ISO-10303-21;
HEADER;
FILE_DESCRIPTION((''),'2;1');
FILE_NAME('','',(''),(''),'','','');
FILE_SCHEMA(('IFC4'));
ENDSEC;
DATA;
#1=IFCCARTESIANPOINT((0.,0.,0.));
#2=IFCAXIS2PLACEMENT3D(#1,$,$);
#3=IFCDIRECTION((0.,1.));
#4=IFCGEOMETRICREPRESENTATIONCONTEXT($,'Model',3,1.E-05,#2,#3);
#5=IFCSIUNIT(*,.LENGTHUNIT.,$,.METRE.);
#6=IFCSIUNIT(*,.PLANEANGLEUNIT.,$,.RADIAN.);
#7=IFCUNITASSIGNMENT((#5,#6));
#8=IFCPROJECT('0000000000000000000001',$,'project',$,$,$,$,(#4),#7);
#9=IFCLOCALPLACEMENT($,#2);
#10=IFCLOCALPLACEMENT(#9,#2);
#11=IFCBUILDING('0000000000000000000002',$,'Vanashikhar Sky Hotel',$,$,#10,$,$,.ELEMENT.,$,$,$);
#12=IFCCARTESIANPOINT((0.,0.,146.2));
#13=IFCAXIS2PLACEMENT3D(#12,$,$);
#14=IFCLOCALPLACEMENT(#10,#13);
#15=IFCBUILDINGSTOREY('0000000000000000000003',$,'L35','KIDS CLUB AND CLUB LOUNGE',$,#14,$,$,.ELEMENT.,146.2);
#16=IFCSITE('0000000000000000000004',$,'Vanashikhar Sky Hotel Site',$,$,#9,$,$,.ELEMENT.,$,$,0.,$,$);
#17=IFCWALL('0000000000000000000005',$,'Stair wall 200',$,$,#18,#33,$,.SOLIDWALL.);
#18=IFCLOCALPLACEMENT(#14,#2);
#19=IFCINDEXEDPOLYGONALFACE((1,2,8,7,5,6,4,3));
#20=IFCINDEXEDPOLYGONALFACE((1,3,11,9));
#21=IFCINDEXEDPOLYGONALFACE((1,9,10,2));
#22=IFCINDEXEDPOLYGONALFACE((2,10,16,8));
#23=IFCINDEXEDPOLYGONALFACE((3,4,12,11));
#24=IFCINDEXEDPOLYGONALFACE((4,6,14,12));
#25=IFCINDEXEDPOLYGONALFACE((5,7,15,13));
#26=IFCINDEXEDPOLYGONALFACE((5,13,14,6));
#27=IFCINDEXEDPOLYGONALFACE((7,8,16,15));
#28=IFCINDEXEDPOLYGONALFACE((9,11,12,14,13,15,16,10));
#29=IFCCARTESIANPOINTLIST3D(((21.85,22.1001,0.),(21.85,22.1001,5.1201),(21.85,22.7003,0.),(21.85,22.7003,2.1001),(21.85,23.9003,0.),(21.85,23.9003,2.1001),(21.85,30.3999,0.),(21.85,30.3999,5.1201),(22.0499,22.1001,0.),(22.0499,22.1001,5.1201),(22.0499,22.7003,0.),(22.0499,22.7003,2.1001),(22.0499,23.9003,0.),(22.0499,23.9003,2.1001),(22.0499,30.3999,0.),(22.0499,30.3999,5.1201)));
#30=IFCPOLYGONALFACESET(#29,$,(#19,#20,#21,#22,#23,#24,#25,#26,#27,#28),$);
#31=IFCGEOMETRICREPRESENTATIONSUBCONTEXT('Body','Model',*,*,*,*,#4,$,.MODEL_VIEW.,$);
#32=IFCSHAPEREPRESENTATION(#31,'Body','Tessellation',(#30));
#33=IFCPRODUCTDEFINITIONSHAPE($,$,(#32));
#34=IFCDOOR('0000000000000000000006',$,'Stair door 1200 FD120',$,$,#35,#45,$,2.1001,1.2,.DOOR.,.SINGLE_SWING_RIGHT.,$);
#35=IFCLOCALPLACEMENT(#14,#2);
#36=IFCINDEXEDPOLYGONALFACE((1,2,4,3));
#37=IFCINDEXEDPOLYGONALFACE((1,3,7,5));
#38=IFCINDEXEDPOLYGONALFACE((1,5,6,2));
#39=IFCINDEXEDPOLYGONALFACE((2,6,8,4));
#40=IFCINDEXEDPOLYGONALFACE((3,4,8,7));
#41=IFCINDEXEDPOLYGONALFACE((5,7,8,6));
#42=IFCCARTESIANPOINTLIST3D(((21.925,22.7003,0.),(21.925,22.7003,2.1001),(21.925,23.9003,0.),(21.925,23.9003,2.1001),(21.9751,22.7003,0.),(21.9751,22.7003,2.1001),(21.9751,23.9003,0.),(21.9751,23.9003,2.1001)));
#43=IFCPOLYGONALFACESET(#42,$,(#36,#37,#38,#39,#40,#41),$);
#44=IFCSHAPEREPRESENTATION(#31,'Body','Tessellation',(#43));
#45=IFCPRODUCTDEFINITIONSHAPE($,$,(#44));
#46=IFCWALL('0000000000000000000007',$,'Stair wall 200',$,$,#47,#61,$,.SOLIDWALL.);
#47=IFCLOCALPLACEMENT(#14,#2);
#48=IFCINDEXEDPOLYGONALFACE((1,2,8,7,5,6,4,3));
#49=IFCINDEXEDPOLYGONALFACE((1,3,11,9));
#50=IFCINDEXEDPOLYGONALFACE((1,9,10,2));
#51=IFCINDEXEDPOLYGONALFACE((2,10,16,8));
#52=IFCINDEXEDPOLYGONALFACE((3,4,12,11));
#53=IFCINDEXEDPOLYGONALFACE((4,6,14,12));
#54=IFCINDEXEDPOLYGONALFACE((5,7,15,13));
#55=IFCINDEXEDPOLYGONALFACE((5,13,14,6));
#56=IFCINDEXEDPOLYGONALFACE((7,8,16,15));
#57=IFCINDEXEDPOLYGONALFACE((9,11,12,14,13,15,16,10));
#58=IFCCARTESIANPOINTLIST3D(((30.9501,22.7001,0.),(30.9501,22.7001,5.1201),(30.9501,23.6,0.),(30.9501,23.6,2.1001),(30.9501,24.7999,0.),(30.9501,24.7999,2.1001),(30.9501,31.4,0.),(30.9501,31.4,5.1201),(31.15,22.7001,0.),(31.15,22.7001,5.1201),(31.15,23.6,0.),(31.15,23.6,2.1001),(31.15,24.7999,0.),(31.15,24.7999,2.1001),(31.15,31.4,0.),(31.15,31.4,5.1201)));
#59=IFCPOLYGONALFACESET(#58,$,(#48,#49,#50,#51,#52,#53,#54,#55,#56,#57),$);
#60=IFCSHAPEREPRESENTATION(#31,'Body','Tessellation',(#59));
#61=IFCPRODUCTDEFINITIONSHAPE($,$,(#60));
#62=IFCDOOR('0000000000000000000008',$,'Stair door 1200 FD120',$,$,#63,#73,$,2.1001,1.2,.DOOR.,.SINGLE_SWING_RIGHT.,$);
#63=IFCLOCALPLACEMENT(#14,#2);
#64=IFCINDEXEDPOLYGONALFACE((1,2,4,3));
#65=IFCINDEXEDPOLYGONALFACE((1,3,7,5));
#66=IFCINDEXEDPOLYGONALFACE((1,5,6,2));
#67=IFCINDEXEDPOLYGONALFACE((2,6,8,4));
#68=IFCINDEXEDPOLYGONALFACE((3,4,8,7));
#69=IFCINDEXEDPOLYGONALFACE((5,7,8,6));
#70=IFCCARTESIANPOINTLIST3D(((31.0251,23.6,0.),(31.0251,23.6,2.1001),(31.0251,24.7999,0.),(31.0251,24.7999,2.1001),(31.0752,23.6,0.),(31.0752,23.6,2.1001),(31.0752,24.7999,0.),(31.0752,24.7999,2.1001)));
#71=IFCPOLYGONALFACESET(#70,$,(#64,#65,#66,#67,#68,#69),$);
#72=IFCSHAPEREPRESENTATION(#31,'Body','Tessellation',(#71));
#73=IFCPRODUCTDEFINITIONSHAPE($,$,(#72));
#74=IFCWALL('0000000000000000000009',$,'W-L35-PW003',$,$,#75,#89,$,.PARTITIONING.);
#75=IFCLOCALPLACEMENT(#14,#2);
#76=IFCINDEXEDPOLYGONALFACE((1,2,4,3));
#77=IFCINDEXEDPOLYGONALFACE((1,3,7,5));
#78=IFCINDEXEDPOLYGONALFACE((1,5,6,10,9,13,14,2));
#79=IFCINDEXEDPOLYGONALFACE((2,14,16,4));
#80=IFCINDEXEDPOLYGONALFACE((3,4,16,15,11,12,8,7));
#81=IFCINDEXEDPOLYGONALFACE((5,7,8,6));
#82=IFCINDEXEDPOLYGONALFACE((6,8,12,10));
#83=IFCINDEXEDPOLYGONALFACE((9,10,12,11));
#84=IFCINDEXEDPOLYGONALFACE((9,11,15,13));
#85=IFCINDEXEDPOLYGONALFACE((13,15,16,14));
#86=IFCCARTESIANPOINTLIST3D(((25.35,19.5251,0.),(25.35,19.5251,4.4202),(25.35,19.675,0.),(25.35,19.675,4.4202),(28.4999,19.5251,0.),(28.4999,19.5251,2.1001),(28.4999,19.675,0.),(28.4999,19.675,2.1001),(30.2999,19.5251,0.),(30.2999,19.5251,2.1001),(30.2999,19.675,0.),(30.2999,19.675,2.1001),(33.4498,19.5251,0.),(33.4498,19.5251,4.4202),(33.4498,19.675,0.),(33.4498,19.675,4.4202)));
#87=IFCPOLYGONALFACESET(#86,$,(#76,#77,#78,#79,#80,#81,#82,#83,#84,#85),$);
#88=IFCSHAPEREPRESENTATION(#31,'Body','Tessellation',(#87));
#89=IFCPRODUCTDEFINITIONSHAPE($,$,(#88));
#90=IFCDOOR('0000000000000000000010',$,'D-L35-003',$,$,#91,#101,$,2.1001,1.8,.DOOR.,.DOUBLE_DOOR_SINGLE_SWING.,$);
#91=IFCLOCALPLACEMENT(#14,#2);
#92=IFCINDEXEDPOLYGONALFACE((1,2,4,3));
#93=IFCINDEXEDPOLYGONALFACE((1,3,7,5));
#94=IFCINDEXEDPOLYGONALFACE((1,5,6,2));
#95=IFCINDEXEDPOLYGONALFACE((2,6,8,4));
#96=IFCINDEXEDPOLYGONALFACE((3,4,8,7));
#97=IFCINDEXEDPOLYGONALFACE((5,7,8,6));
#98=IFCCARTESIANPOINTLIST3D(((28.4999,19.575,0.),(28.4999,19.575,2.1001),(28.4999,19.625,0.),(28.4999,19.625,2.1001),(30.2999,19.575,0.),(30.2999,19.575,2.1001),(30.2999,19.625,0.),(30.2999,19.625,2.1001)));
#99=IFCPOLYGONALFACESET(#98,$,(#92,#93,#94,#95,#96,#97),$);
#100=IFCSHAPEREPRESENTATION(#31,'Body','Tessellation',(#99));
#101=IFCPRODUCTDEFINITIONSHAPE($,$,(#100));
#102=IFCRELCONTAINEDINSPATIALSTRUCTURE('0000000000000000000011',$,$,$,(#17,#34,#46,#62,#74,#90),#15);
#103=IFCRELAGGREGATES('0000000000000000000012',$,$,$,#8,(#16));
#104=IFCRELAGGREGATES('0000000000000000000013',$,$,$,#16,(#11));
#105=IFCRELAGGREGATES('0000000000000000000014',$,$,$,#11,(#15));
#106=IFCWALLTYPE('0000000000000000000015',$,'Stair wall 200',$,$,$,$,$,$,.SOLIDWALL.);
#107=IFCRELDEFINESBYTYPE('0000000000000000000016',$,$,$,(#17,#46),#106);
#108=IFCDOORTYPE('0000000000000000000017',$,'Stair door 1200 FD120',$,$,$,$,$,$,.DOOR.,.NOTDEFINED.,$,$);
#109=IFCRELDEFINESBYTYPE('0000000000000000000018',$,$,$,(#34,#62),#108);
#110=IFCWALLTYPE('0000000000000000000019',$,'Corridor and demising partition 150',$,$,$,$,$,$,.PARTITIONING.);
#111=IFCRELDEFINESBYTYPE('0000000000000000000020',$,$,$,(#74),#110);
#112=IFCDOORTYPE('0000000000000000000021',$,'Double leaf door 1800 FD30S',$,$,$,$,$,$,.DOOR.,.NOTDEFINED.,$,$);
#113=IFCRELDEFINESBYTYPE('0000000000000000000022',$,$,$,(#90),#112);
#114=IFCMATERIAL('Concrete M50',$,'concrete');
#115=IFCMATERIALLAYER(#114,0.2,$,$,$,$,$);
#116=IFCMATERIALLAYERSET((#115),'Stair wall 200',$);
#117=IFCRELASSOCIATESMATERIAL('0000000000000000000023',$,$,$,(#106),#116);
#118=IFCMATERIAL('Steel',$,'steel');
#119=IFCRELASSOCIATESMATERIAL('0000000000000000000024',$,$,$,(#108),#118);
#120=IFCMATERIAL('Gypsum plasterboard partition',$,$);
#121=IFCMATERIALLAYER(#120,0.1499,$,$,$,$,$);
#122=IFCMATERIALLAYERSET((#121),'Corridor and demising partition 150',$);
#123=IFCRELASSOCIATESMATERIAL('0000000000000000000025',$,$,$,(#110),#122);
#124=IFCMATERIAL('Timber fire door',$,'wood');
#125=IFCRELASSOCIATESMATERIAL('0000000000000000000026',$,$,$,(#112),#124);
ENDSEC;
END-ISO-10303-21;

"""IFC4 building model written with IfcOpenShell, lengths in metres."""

from ifc_helpers import new_model, si_unit, direction, frame, frame_2d, origin, place, context, subcontext, project, spatial, rectangle, extrude, source, transform, mapped, material, layer, layer_set, type_object, element, fill, save


model = new_model("IFC4")

# Units and contexts
model_context = context("Model", 3, precision=1e-05, world=origin(), true_north=direction((0.0, 1.0)))
body_context = subcontext(model_context, "Body", "Model", "MODEL_VIEW")
ifc_project = project(units=[si_unit("LENGTHUNIT", "METRE"), si_unit("PLANEANGLEUNIT", "RADIAN")], contexts=[model_context])

# Site, building, storey
site_placement = place(None, origin())
site = spatial("IfcSite", under=ifc_project, at=site_placement, Name="Vanashikhar Sky Hotel Site", CompositionType="ELEMENT", RefElevation=0.0)
building_placement = place(site_placement, origin())
building = spatial("IfcBuilding", under=site, at=building_placement, Name="Vanashikhar Sky Hotel", CompositionType="ELEMENT")
storey_placement = place(building_placement, frame((0.0, 0.0, 146.2)))
storey = spatial("IfcBuildingStorey", under=building, at=storey_placement, Name="L35", Description="KIDS CLUB AND CLUB LOUNGE", CompositionType="ELEMENT", Elevation=146.2)

# Shared definitions
ifc_material_1 = material(Name="Concrete M50", Category="concrete")

# Shared definitions
ifc_material_2 = material(Name="Steel", Category="steel")

# Walls, openings, doors
ifc_layer_1 = layer(ifc_material_1, 0.2)
ifc_layer_set_1 = layer_set([ifc_layer_1], Name="Stair wall 200")
wall_type_1 = type_object("IfcWallType", Name="Stair wall 200", PredefinedType="SOLIDWALL", material=ifc_layer_set_1)
shared_shape_1 = source(origin(), body_context, "Body", "SweptSolid", [
    extrude(rectangle(XDim=8.2998, YDim=0.2, at=frame_2d((4.1499, 0.0))), origin(), (0.0, 0.0, 1.0), 5.1201),
])
wall_1_placement = place(storey_placement, frame((21.95, 22.1001, 0.0), z_axis=(0.0, 0.0, 1.0), x_axis=(0.0, 1.0, 0.0)))
wall_1 = element("IfcWall", 1, at=wall_1_placement, inside=storey, type_object=wall_type_1, Name="Stair wall 200", PredefinedType="SOLIDWALL", context=body_context, shape_type="MappedRepresentation", body=[
    mapped(shared_shape_1, transform((0.0, 0.0, 0.0), scale=1.0)),
])
shared_shape_2 = source(origin(), body_context, "Body", "SweptSolid", [
    extrude(rectangle(XDim=1.2, YDim=2.1001, at=frame_2d((0.6001, 1.05))), frame((0.0, 0.1099, 0.0), z_axis=(0.0, -1.0, 0.0), x_axis=(1.0, 0.0, 0.0)), (0.0, 0.0, 1.0), 0.22),
])
opening_1_placement = place(wall_1_placement, frame((0.6001, 0.0, 0.0)))
opening_1 = element("IfcOpeningElement", 2, at=opening_1_placement, cuts=wall_1, PredefinedType="OPENING", context=body_context, shape_type="MappedRepresentation", body=[
    mapped(shared_shape_2, transform((0.0, 0.0, 0.0), scale=1.0)),
])
door_type_1 = type_object("IfcDoorType", Name="Stair door 1200 FD120", OperationType="NOTDEFINED", PredefinedType="DOOR", material=ifc_material_2)
shared_shape_3 = source(origin(), body_context, "Body", "SweptSolid", [
    extrude(rectangle(XDim=1.2, YDim=2.1001, at=frame_2d((0.6001, 1.05))), frame((0.0, 0.0249, 0.0), z_axis=(0.0, -1.0, 0.0), x_axis=(1.0, 0.0, 0.0)), (0.0, 0.0, 1.0), 0.05),
])
door_1_placement = place(opening_1_placement, origin())
door_1 = element("IfcDoor", 3, at=door_1_placement, inside=storey, type_object=door_type_1, Name="Stair door 1200 FD120", OperationType="SINGLE_SWING_RIGHT", OverallHeight=2.1001, OverallWidth=1.2, PredefinedType="DOOR", context=body_context, shape_type="MappedRepresentation", body=[
    mapped(shared_shape_3, transform((0.0, 0.0, 0.0), scale=1.0)),
])
fill(opening_1, door_1)
shared_shape_4 = source(origin(), body_context, "Body", "SweptSolid", [
    extrude(rectangle(XDim=8.7, YDim=0.2, at=frame_2d((4.3501, 0.0))), origin(), (0.0, 0.0, 1.0), 5.1201),
])
wall_2_placement = place(storey_placement, frame((31.05, 22.7, 0.0), z_axis=(0.0, 0.0, 1.0), x_axis=(0.0, 1.0, 0.0)))
wall_2 = element("IfcWall", 4, at=wall_2_placement, inside=storey, type_object=wall_type_1, Name="Stair wall 200", PredefinedType="SOLIDWALL", context=body_context, shape_type="MappedRepresentation", body=[
    mapped(shared_shape_4, transform((0.0, 0.0, 0.0), scale=1.0)),
])
opening_2_placement = place(wall_2_placement, frame((0.8999, 0.0, 0.0)))
opening_2 = element("IfcOpeningElement", 5, at=opening_2_placement, cuts=wall_2, PredefinedType="OPENING", context=body_context, shape_type="MappedRepresentation", body=[
    mapped(shared_shape_2, transform((0.0, 0.0, 0.0), scale=1.0)),
])
door_2_placement = place(opening_2_placement, origin())
door_2 = element("IfcDoor", 6, at=door_2_placement, inside=storey, type_object=door_type_1, Name="Stair door 1200 FD120", OperationType="SINGLE_SWING_RIGHT", OverallHeight=2.1001, OverallWidth=1.2, PredefinedType="DOOR", context=body_context, shape_type="MappedRepresentation", body=[
    mapped(shared_shape_3, transform((0.0, 0.0, 0.0), scale=1.0)),
])
fill(opening_2, door_2)
ifc_material_3 = material(Name="Gypsum plasterboard partition")
ifc_layer_2 = layer(ifc_material_3, 0.1499)
ifc_layer_set_2 = layer_set([ifc_layer_2], Name="Corridor and demising partition 150")
wall_type_2 = type_object("IfcWallType", Name="Corridor and demising partition 150", PredefinedType="PARTITIONING", material=ifc_layer_set_2)
shared_shape_5 = source(origin(), body_context, "Body", "SweptSolid", [
    extrude(rectangle(XDim=8.0999, YDim=0.1499, at=frame_2d((4.0498, 0.0))), origin(), (0.0, 0.0, 1.0), 4.4202),
])
wall_3_placement = place(storey_placement, frame((25.3501, 19.6001, 0.0), z_axis=(0.0, 0.0, 1.0), x_axis=(1.0, 0.0, 0.0)))
wall_3 = element("IfcWall", 7, at=wall_3_placement, inside=storey, type_object=wall_type_2, Name="W-L35-PW003", PredefinedType="PARTITIONING", context=body_context, shape_type="MappedRepresentation", body=[
    mapped(shared_shape_5, transform((0.0, 0.0, 0.0), scale=1.0)),
])
shared_shape_6 = source(origin(), body_context, "Body", "SweptSolid", [
    extrude(rectangle(XDim=1.8, YDim=2.1001, at=frame_2d((0.8999, 1.05))), frame((0.0, 0.085, 0.0), z_axis=(0.0, -1.0, 0.0), x_axis=(1.0, 0.0, 0.0)), (0.0, 0.0, 1.0), 0.1699),
])
opening_3_placement = place(wall_3_placement, frame((3.1499, 0.0, 0.0)))
opening_3 = element("IfcOpeningElement", 8, at=opening_3_placement, cuts=wall_3, PredefinedType="OPENING", context=body_context, shape_type="MappedRepresentation", body=[
    mapped(shared_shape_6, transform((0.0, 0.0, 0.0), scale=1.0)),
])
ifc_material_4 = material(Name="Timber fire door", Category="wood")
door_type_2 = type_object("IfcDoorType", Name="Double leaf door 1800 FD30S", OperationType="NOTDEFINED", PredefinedType="DOOR", material=ifc_material_4)
shared_shape_7 = source(origin(), body_context, "Body", "SweptSolid", [
    extrude(rectangle(XDim=1.8, YDim=2.1001, at=frame_2d((0.8999, 1.05))), frame((0.0, 0.0249, 0.0), z_axis=(0.0, -1.0, 0.0), x_axis=(1.0, 0.0, 0.0)), (0.0, 0.0, 1.0), 0.05),
])
door_3_placement = place(opening_3_placement, origin())
door_3 = element("IfcDoor", 9, at=door_3_placement, inside=storey, type_object=door_type_2, Name="D-L35-003", OperationType="DOUBLE_DOOR_SINGLE_SWING", OverallHeight=2.1001, OverallWidth=1.8, PredefinedType="DOOR", context=body_context, shape_type="MappedRepresentation", body=[
    mapped(shared_shape_7, transform((0.0, 0.0, 0.0), scale=1.0)),
])
fill(opening_3, door_3)

save(model, "model.ifc")
